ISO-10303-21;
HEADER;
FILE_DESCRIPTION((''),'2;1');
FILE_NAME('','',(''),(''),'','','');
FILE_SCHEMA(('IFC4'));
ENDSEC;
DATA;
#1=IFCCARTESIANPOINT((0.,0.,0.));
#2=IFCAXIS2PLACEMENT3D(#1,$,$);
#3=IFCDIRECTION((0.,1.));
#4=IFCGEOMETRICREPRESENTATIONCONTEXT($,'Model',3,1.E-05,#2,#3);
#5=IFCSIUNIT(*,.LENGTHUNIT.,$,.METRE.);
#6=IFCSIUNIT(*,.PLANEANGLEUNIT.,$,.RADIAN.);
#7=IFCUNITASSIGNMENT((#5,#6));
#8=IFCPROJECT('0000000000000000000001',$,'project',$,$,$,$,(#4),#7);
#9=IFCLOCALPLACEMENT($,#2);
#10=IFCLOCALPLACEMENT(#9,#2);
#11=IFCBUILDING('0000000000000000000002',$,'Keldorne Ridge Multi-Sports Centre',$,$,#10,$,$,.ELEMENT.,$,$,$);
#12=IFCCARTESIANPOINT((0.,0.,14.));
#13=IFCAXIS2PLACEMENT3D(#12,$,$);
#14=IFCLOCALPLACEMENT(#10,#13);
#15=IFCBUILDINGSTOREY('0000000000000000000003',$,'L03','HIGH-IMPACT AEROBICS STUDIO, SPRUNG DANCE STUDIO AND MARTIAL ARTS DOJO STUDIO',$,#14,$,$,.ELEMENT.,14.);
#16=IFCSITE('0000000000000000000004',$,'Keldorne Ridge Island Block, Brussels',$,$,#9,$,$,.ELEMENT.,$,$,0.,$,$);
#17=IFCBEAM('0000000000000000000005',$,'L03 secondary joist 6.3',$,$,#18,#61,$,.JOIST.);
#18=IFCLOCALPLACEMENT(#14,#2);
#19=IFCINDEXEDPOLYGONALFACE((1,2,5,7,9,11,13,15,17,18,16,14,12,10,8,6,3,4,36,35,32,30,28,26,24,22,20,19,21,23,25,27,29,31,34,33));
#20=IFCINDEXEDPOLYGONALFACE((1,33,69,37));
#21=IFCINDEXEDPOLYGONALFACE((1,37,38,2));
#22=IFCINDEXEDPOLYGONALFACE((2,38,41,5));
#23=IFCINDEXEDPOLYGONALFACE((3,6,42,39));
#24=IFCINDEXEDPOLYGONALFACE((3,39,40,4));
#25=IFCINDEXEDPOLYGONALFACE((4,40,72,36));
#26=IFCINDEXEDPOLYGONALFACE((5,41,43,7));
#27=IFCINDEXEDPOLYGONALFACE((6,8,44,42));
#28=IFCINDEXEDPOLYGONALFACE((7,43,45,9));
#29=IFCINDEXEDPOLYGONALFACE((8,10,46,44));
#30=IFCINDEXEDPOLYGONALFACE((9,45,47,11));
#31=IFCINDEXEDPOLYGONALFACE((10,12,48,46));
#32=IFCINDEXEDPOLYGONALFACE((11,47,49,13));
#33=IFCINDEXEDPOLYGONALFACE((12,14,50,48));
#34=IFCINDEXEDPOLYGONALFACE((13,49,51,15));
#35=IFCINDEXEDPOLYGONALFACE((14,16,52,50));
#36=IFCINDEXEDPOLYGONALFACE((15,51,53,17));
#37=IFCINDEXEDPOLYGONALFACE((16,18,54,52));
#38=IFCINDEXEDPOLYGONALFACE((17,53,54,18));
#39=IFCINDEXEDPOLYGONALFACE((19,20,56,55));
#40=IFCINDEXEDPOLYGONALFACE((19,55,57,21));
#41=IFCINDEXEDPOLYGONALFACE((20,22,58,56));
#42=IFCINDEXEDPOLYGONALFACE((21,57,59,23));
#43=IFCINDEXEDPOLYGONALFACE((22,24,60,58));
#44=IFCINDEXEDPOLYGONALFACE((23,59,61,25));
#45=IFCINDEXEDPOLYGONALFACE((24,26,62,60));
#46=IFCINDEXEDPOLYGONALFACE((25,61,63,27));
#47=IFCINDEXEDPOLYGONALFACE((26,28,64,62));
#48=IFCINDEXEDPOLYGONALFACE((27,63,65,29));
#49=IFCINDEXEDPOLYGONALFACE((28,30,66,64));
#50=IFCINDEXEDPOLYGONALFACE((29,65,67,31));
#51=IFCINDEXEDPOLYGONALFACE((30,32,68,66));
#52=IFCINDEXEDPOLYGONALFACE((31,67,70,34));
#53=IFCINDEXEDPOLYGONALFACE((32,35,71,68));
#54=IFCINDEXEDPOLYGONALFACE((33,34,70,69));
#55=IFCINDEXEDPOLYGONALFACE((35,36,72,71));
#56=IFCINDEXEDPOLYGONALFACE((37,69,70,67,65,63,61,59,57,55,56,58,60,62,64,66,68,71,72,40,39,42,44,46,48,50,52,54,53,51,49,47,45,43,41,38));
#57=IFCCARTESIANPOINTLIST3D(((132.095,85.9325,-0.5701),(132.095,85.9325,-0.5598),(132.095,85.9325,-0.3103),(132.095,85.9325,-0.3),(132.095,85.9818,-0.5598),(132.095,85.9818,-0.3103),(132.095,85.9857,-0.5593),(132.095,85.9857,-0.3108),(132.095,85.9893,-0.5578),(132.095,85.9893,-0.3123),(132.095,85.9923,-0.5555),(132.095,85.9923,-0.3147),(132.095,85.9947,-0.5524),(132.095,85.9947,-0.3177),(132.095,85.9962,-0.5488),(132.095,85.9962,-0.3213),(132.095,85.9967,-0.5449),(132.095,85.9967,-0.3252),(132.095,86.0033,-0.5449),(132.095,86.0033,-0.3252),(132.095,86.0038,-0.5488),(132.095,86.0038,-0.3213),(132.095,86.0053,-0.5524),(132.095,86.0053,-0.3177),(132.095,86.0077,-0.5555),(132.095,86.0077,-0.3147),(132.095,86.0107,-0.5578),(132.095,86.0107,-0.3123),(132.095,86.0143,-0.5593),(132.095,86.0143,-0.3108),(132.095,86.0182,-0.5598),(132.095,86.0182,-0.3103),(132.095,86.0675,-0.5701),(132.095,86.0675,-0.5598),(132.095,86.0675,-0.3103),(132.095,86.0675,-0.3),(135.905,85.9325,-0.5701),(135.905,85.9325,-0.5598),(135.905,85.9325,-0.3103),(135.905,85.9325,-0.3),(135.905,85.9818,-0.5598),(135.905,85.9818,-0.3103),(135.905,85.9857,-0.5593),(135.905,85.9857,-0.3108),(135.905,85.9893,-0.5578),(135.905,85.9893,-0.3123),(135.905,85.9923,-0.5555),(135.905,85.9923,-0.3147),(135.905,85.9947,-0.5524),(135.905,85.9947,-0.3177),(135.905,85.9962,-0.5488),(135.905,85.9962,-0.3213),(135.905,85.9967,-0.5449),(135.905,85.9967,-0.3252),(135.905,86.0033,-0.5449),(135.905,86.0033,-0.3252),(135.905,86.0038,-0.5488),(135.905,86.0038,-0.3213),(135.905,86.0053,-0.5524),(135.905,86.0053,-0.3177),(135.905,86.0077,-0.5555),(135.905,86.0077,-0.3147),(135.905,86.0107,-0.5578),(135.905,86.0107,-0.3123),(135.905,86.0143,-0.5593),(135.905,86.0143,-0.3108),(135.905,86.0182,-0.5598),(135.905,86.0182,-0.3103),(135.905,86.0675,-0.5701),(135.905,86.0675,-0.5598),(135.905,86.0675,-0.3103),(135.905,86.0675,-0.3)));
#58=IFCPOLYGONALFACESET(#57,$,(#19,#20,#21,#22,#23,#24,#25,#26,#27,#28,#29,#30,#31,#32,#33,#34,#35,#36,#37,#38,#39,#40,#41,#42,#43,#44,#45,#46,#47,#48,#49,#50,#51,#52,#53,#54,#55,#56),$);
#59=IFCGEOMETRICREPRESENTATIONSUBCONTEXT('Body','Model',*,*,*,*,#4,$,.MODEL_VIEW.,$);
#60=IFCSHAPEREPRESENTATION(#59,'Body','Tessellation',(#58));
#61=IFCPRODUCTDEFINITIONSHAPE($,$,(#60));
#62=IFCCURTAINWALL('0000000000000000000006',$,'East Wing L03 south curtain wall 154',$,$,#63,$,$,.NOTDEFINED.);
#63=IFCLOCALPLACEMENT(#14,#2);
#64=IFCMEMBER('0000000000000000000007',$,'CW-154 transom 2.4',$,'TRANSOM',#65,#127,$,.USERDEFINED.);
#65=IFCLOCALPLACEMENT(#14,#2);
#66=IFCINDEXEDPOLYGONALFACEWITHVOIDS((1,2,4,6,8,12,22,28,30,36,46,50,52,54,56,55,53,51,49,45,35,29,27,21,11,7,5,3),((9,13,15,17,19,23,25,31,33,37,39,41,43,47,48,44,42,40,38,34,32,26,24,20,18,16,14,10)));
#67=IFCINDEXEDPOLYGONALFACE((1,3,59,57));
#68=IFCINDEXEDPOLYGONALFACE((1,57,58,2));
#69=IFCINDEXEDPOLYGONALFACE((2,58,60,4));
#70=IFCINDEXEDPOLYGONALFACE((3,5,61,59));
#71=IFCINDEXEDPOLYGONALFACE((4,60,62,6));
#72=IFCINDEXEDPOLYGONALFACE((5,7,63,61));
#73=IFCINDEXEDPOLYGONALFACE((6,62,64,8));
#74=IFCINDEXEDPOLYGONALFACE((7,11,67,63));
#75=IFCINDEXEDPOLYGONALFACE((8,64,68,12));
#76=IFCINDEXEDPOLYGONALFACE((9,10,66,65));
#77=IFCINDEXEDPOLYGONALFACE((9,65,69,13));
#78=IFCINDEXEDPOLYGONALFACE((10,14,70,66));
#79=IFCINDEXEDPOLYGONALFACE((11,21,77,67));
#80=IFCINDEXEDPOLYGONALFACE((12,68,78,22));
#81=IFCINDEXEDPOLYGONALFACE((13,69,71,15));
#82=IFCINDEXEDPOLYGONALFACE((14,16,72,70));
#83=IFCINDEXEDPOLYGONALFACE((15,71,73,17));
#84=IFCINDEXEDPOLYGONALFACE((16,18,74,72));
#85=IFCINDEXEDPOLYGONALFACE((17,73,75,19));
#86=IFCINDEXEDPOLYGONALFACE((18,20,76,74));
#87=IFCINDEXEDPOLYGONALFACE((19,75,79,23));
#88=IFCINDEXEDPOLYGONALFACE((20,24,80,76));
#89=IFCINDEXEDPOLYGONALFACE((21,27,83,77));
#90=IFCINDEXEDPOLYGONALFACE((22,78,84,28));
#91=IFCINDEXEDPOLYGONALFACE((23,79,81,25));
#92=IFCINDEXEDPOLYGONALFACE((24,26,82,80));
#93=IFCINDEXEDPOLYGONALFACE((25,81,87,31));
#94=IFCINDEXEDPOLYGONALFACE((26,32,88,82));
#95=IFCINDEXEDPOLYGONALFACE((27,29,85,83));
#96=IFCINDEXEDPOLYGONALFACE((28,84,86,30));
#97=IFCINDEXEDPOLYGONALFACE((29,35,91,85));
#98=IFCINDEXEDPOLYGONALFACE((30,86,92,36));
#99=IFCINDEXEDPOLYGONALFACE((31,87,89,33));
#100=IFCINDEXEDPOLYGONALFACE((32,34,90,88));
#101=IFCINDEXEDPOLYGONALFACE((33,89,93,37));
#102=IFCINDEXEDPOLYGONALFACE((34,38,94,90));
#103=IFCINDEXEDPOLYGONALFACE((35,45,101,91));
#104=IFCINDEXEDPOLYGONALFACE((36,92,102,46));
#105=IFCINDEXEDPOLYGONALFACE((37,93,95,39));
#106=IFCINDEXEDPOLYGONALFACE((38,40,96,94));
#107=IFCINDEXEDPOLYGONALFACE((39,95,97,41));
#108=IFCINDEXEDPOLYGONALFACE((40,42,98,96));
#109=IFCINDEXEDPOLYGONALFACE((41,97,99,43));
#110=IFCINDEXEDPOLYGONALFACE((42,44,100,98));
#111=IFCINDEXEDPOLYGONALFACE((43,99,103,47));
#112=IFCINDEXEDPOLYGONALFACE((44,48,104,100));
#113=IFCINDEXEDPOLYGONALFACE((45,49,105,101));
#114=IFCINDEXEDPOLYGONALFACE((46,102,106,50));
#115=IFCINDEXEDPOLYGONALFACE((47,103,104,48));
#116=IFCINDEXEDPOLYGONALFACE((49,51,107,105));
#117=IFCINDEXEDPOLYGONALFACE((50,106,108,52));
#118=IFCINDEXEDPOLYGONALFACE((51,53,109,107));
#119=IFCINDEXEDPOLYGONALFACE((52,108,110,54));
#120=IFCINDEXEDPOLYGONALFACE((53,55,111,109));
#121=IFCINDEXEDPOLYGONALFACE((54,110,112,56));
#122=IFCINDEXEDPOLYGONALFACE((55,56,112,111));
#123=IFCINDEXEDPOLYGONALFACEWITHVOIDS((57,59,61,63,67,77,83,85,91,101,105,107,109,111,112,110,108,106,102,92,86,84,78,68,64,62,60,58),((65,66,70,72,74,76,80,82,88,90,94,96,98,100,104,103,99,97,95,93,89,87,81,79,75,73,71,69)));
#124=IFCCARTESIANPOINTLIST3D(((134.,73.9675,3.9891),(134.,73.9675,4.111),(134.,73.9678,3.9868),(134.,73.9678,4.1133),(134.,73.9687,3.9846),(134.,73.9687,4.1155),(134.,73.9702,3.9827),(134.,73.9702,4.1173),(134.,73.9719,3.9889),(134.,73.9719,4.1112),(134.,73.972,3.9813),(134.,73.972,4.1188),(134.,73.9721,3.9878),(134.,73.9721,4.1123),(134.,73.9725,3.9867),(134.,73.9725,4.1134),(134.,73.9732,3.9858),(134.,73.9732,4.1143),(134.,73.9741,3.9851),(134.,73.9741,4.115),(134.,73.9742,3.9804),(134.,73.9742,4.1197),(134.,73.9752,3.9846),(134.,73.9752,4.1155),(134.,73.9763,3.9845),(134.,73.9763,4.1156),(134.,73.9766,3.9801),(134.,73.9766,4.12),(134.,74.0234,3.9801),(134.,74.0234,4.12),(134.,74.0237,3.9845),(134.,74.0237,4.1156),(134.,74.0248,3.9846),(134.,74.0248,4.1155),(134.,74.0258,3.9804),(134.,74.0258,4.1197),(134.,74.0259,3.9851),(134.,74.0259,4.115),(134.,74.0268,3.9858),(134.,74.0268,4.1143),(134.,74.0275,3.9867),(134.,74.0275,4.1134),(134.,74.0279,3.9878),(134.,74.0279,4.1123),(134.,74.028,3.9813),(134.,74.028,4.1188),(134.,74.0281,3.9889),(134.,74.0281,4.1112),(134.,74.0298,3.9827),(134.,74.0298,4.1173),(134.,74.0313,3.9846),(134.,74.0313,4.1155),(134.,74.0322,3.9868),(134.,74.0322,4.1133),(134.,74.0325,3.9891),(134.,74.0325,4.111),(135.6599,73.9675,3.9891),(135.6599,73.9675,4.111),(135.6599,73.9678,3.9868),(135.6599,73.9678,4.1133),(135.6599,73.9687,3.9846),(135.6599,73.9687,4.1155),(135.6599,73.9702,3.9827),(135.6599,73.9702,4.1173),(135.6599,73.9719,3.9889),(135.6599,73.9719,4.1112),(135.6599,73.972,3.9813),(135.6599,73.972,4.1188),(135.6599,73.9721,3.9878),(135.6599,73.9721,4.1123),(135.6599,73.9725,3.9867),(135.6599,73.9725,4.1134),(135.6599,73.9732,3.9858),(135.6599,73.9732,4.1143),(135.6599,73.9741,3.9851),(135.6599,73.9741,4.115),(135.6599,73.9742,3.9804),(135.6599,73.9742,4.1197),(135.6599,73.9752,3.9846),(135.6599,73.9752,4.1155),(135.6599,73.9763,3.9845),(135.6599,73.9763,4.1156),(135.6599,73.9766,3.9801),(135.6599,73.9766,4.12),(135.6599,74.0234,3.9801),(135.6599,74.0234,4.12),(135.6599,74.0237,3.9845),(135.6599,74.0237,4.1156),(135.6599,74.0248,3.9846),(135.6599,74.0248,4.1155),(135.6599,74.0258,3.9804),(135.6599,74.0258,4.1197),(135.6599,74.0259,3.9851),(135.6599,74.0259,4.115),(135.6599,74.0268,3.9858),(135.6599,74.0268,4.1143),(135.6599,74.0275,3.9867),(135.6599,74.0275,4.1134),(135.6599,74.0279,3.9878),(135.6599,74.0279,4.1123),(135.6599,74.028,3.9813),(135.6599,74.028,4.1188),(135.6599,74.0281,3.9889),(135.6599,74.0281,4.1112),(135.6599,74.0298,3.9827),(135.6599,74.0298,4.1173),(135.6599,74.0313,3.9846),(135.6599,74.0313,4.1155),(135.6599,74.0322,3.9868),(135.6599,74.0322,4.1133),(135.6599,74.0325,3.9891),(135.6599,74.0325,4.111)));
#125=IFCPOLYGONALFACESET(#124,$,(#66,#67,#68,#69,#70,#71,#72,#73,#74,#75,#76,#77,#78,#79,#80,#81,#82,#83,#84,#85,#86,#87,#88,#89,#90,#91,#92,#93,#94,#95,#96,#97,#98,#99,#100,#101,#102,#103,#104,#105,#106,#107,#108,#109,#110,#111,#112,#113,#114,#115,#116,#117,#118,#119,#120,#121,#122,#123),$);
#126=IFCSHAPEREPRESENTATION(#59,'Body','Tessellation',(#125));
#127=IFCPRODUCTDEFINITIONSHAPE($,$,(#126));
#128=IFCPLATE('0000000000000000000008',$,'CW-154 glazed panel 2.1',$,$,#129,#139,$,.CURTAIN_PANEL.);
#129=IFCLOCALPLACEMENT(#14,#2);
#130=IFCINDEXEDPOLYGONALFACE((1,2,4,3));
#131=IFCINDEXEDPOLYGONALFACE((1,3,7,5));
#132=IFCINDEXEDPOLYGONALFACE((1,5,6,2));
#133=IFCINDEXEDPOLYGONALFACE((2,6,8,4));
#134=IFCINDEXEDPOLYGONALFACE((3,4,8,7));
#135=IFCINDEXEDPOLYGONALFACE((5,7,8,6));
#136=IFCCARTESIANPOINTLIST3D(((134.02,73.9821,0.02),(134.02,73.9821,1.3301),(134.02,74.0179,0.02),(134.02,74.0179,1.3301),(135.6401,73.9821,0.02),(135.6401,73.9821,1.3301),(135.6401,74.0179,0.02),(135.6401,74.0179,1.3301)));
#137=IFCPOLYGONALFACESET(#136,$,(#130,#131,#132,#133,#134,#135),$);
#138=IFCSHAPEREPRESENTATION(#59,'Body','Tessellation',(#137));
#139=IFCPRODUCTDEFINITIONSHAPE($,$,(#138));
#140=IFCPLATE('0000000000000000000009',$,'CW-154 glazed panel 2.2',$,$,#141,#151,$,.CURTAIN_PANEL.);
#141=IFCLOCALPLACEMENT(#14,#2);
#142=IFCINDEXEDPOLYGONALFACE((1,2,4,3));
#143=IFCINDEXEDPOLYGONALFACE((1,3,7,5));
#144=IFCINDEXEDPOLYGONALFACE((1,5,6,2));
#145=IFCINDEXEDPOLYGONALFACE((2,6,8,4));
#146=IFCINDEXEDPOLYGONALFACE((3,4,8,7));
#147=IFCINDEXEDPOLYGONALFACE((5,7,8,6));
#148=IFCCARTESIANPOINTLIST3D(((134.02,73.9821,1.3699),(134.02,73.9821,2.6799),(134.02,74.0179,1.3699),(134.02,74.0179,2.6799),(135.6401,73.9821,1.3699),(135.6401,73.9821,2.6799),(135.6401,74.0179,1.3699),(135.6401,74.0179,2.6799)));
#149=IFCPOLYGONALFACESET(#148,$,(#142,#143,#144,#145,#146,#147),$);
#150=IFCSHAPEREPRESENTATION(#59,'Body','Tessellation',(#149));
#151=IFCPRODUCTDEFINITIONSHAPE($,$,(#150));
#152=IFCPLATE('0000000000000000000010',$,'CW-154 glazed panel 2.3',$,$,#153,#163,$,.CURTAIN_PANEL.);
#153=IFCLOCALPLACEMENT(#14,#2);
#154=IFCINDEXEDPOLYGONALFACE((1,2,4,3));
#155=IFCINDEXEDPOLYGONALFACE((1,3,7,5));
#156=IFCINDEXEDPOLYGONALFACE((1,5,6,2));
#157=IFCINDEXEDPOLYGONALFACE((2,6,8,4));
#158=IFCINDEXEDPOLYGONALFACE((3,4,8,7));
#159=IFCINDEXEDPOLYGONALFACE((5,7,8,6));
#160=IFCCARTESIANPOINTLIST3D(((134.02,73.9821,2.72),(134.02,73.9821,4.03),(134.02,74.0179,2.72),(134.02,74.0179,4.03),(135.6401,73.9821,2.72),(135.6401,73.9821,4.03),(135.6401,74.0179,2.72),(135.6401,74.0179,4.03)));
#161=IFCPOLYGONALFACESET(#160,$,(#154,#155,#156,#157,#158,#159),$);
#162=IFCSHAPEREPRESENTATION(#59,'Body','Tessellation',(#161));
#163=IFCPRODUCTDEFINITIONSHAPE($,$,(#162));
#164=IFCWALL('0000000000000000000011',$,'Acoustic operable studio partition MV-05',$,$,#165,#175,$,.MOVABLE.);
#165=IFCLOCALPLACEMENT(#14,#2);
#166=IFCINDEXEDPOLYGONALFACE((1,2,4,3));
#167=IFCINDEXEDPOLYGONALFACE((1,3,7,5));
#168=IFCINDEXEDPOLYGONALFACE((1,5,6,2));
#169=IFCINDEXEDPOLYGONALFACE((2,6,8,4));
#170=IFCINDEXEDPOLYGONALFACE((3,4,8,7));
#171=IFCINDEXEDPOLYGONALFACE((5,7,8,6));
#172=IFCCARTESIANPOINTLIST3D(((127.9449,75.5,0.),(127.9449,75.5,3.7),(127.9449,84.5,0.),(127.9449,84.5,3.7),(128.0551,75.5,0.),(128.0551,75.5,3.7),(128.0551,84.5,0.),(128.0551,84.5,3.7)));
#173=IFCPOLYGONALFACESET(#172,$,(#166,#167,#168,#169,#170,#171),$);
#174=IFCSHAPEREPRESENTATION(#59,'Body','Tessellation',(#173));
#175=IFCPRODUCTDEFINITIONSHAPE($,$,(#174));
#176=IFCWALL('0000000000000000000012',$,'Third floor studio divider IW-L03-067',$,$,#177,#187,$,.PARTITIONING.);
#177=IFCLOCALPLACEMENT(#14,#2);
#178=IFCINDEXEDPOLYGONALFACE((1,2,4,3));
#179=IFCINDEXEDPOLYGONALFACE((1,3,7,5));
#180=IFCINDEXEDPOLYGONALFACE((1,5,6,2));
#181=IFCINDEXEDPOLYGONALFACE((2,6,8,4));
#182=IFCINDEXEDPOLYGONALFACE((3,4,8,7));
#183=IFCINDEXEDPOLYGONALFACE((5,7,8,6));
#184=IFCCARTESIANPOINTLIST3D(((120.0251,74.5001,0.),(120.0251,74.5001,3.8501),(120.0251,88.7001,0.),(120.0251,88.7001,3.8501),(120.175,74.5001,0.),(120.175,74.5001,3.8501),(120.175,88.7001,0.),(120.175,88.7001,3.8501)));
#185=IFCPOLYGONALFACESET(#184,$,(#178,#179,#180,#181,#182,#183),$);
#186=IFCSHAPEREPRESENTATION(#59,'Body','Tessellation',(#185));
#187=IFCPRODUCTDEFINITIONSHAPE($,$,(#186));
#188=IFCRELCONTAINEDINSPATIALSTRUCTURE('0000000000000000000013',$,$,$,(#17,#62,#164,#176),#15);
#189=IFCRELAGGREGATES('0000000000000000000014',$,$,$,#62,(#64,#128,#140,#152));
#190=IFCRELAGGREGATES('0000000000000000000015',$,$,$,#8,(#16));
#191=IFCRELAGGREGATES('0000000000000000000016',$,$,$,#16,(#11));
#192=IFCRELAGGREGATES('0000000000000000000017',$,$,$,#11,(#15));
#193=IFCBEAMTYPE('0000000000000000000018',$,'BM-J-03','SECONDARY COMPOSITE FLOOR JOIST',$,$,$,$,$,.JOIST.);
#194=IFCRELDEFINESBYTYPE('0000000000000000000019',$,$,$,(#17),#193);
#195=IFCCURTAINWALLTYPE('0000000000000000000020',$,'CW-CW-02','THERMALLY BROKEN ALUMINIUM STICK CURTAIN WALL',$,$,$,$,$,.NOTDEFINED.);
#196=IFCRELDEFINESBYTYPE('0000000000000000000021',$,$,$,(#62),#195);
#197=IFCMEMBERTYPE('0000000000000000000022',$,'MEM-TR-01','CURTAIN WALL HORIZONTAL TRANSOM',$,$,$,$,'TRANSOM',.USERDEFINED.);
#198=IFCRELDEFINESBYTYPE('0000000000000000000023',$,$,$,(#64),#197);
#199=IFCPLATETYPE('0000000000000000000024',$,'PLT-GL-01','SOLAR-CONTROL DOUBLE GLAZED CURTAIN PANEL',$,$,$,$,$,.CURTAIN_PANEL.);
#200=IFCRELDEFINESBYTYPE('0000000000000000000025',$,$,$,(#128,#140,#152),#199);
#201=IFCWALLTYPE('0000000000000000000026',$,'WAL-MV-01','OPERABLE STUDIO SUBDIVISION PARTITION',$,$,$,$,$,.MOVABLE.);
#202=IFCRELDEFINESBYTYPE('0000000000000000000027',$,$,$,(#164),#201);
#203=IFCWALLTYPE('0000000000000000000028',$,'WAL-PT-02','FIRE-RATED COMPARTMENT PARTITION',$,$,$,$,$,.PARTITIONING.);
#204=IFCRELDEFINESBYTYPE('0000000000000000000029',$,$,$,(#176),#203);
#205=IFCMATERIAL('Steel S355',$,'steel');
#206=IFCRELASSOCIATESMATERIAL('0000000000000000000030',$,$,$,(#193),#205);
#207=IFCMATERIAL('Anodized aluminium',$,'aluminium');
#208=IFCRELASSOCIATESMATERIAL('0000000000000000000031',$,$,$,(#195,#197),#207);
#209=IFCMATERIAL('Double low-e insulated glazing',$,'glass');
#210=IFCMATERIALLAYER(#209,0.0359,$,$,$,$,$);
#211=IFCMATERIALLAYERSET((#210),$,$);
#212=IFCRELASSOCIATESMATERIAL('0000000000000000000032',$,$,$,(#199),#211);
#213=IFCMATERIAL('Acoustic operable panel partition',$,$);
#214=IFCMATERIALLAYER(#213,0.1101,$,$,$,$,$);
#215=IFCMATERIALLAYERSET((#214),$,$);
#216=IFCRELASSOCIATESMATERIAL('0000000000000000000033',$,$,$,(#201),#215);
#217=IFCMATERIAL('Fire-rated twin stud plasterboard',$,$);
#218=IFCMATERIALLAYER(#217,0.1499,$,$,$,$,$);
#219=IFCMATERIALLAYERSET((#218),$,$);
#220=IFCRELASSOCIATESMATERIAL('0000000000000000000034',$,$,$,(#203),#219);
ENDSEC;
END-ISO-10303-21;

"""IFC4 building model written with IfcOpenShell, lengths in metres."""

from ifc_helpers import new_model, si_unit, direction, frame, frame_2d, origin, origin_2d, place, context, subcontext, project, spatial, rectangle, hollow_rectangle, i_section, extrude, material, layer, layer_set, material_profile, profile_set, type_object, element, aggregate, save


model = new_model("IFC4")

# Units and contexts
model_context = context("Model", 3, precision=1e-05, world=origin(), true_north=direction((0.0, 1.0)))
body_context = subcontext(model_context, "Body", "Model", "MODEL_VIEW")
ifc_project = project(units=[si_unit("LENGTHUNIT", "METRE"), si_unit("PLANEANGLEUNIT", "RADIAN")], contexts=[model_context])

# Site, building, storey
site_placement = place(None, origin())
site = spatial("IfcSite", under=ifc_project, at=site_placement, Name="Keldorne Ridge Island Block, Brussels", CompositionType="ELEMENT", RefElevation=0.0)
building_placement = place(site_placement, origin())
building = spatial("IfcBuilding", under=site, at=building_placement, Name="Keldorne Ridge Multi-Sports Centre", CompositionType="ELEMENT")
storey_placement = place(building_placement, frame((0.0, 0.0, 14.0)))
storey = spatial("IfcBuildingStorey", under=building, at=storey_placement, Name="L03", Description="HIGH-IMPACT AEROBICS STUDIO, SPRUNG DANCE STUDIO AND MARTIAL ARTS DOJO STUDIO", CompositionType="ELEMENT", Elevation=14.0)

# Shared definitions
ifc_material_1 = material(Name="Steel S355", Category="steel")

# Beam
ifc_material_profile_1 = material_profile(ifc_material_1, i_section(OverallWidth=0.135, OverallDepth=0.27, WebThickness=0.0066, FlangeThickness=0.0103, FilletRadius=0.0149, at=origin_2d()), Name="IPE 270")
ifc_profile_set_1 = profile_set([ifc_material_profile_1], Name="Steel S355")
beam_type_1 = type_object("IfcBeamType", Name="BM-J-03", Description="SECONDARY COMPOSITE FLOOR JOIST", PredefinedType="JOIST", material=ifc_profile_set_1)
for number, where, z_axis, x_axis, name in (
    (1, (132.095, 86.0, -0.4351), (1.0, 0.0, 0.0), (0.0, 1.0, 0.0), "L03 secondary joist 6.3"),
):
    element("IfcBeam", number, at=place(storey_placement, frame(where, z_axis=z_axis, x_axis=x_axis)), inside=storey, type_object=beam_type_1, Name=name, PredefinedType="JOIST", context=body_context, shape_type="SweptSolid", body=[
        extrude(i_section(OverallWidth=0.135, OverallDepth=0.27, WebThickness=0.0066, FlangeThickness=0.0103, FilletRadius=0.0149, at=origin_2d()), origin(), (0.0, 0.0, 1.0), 3.8101),
    ])

# Curtain wall, member, plates
ifc_material_2 = material(Name="Anodized aluminium", Category="aluminium")
curtain_wall_type = type_object("IfcCurtainWallType", Name="CW-CW-02", Description="THERMALLY BROKEN ALUMINIUM STICK CURTAIN WALL", PredefinedType="NOTDEFINED", material=ifc_material_2)
curtain_wall_placement = place(storey_placement, origin())
curtain_wall = element("IfcCurtainWall", 2, at=curtain_wall_placement, inside=storey, type_object=curtain_wall_type, Name="East Wing L03 south curtain wall 154", PredefinedType="NOTDEFINED")
ifc_material_profile_2 = material_profile(ifc_material_2, hollow_rectangle(XDim=0.0649, YDim=0.1399, WallThickness=0.0044, InnerFilletRadius=0.0044, OuterFilletRadius=0.009, at=origin_2d()), Name="ALU TRANSOM 140x65x4.5")
ifc_profile_set_2 = profile_set([ifc_material_profile_2], Name="Anodized aluminium")
member_type = type_object("IfcMemberType", Name="MEM-TR-01", Description="CURTAIN WALL HORIZONTAL TRANSOM", ElementType="TRANSOM", PredefinedType="USERDEFINED", material=ifc_profile_set_2)
member_placement = place(storey_placement, frame((134.0, 74.0, 4.05), z_axis=(1.0, 0.0, 0.0), x_axis=(0.0, 1.0, 0.0)))
member = element("IfcMember", 3, at=member_placement, type_object=member_type, Name="CW-154 transom 2.4", ObjectType="TRANSOM", PredefinedType="USERDEFINED", context=body_context, shape_type="SweptSolid", body=[
    extrude(hollow_rectangle(XDim=0.0649, YDim=0.1399, WallThickness=0.0044, InnerFilletRadius=0.0044, OuterFilletRadius=0.009, at=origin_2d()), origin(), (0.0, 0.0, 1.0), 1.6599),
])
ifc_material_3 = material(Name="Double low-e insulated glazing", Category="glass")
ifc_layer_1 = layer(ifc_material_3, 0.0359)
ifc_layer_set_1 = layer_set([ifc_layer_1])
plate_type = type_object("IfcPlateType", Name="PLT-GL-01", Description="SOLAR-CONTROL DOUBLE GLAZED CURTAIN PANEL", PredefinedType="CURTAIN_PANEL", material=ifc_layer_set_1)
plate_1_placement = place(storey_placement, frame((134.8301, 74.0, 0.02), z_axis=(0.0, 0.0, 1.0), x_axis=(1.0, 0.0, 0.0)))
plate_1 = element("IfcPlate", 4, at=plate_1_placement, type_object=plate_type, Name="CW-154 glazed panel 2.1", PredefinedType="CURTAIN_PANEL", context=body_context, shape_type="SweptSolid", body=[
    extrude(rectangle(XDim=1.6201, YDim=0.0359, at=origin_2d()), origin(), (0.0, 0.0, 1.0), 1.3101),
])
plate_2_placement = place(storey_placement, frame((134.8301, 74.0, 1.3699), z_axis=(0.0, 0.0, 1.0), x_axis=(1.0, 0.0, 0.0)))
plate_2 = element("IfcPlate", 5, at=plate_2_placement, type_object=plate_type, Name="CW-154 glazed panel 2.2", PredefinedType="CURTAIN_PANEL", context=body_context, shape_type="SweptSolid", body=[
    extrude(rectangle(XDim=1.6201, YDim=0.0359, at=origin_2d()), origin(), (0.0, 0.0, 1.0), 1.3101),
])
plate_3_placement = place(storey_placement, frame((134.8301, 74.0, 2.72), z_axis=(0.0, 0.0, 1.0), x_axis=(1.0, 0.0, 0.0)))
plate_3 = element("IfcPlate", 6, at=plate_3_placement, type_object=plate_type, Name="CW-154 glazed panel 2.3", PredefinedType="CURTAIN_PANEL", context=body_context, shape_type="SweptSolid", body=[
    extrude(rectangle(XDim=1.6201, YDim=0.0359, at=origin_2d()), origin(), (0.0, 0.0, 1.0), 1.3101),
])
aggregate(curtain_wall, [member, plate_1, plate_2, plate_3])

# Walls
ifc_material_4 = material(Name="Acoustic operable panel partition")
ifc_layer_2 = layer(ifc_material_4, 0.1101)
ifc_layer_set_2 = layer_set([ifc_layer_2])
wall_type_1 = type_object("IfcWallType", Name="WAL-MV-01", Description="OPERABLE STUDIO SUBDIVISION PARTITION", PredefinedType="MOVABLE", material=ifc_layer_set_2)
wall_1_placement = place(storey_placement, frame((128.0, 75.5, 0.0), z_axis=(0.0, 0.0, 1.0), x_axis=(0.0, 1.0, 0.0)))
element("IfcWall", 7, at=wall_1_placement, inside=storey, type_object=wall_type_1, Name="Acoustic operable studio partition MV-05", PredefinedType="MOVABLE", context=body_context, shape_type="SweptSolid", body=[
    extrude(rectangle(XDim=9.0, YDim=0.1101, at=frame_2d((4.5, 0.0))), origin(), (0.0, 0.0, 1.0), 3.7),
])
ifc_material_5 = material(Name="Fire-rated twin stud plasterboard")
ifc_layer_3 = layer(ifc_material_5, 0.1499)
ifc_layer_set_3 = layer_set([ifc_layer_3])
wall_type_2 = type_object("IfcWallType", Name="WAL-PT-02", Description="FIRE-RATED COMPARTMENT PARTITION", PredefinedType="PARTITIONING", material=ifc_layer_set_3)
wall_2_placement = place(storey_placement, frame((120.1001, 74.5, 0.0), z_axis=(0.0, 0.0, 1.0), x_axis=(0.0, 1.0, 0.0)))
element("IfcWall", 8, at=wall_2_placement, inside=storey, type_object=wall_type_2, Name="Third floor studio divider IW-L03-067", PredefinedType="PARTITIONING", context=body_context, shape_type="SweptSolid", body=[
    extrude(rectangle(XDim=14.2, YDim=0.1499, at=frame_2d((7.1001, 0.0))), origin(), (0.0, 0.0, 1.0), 3.8501),
])

save(model, "model.ifc")
